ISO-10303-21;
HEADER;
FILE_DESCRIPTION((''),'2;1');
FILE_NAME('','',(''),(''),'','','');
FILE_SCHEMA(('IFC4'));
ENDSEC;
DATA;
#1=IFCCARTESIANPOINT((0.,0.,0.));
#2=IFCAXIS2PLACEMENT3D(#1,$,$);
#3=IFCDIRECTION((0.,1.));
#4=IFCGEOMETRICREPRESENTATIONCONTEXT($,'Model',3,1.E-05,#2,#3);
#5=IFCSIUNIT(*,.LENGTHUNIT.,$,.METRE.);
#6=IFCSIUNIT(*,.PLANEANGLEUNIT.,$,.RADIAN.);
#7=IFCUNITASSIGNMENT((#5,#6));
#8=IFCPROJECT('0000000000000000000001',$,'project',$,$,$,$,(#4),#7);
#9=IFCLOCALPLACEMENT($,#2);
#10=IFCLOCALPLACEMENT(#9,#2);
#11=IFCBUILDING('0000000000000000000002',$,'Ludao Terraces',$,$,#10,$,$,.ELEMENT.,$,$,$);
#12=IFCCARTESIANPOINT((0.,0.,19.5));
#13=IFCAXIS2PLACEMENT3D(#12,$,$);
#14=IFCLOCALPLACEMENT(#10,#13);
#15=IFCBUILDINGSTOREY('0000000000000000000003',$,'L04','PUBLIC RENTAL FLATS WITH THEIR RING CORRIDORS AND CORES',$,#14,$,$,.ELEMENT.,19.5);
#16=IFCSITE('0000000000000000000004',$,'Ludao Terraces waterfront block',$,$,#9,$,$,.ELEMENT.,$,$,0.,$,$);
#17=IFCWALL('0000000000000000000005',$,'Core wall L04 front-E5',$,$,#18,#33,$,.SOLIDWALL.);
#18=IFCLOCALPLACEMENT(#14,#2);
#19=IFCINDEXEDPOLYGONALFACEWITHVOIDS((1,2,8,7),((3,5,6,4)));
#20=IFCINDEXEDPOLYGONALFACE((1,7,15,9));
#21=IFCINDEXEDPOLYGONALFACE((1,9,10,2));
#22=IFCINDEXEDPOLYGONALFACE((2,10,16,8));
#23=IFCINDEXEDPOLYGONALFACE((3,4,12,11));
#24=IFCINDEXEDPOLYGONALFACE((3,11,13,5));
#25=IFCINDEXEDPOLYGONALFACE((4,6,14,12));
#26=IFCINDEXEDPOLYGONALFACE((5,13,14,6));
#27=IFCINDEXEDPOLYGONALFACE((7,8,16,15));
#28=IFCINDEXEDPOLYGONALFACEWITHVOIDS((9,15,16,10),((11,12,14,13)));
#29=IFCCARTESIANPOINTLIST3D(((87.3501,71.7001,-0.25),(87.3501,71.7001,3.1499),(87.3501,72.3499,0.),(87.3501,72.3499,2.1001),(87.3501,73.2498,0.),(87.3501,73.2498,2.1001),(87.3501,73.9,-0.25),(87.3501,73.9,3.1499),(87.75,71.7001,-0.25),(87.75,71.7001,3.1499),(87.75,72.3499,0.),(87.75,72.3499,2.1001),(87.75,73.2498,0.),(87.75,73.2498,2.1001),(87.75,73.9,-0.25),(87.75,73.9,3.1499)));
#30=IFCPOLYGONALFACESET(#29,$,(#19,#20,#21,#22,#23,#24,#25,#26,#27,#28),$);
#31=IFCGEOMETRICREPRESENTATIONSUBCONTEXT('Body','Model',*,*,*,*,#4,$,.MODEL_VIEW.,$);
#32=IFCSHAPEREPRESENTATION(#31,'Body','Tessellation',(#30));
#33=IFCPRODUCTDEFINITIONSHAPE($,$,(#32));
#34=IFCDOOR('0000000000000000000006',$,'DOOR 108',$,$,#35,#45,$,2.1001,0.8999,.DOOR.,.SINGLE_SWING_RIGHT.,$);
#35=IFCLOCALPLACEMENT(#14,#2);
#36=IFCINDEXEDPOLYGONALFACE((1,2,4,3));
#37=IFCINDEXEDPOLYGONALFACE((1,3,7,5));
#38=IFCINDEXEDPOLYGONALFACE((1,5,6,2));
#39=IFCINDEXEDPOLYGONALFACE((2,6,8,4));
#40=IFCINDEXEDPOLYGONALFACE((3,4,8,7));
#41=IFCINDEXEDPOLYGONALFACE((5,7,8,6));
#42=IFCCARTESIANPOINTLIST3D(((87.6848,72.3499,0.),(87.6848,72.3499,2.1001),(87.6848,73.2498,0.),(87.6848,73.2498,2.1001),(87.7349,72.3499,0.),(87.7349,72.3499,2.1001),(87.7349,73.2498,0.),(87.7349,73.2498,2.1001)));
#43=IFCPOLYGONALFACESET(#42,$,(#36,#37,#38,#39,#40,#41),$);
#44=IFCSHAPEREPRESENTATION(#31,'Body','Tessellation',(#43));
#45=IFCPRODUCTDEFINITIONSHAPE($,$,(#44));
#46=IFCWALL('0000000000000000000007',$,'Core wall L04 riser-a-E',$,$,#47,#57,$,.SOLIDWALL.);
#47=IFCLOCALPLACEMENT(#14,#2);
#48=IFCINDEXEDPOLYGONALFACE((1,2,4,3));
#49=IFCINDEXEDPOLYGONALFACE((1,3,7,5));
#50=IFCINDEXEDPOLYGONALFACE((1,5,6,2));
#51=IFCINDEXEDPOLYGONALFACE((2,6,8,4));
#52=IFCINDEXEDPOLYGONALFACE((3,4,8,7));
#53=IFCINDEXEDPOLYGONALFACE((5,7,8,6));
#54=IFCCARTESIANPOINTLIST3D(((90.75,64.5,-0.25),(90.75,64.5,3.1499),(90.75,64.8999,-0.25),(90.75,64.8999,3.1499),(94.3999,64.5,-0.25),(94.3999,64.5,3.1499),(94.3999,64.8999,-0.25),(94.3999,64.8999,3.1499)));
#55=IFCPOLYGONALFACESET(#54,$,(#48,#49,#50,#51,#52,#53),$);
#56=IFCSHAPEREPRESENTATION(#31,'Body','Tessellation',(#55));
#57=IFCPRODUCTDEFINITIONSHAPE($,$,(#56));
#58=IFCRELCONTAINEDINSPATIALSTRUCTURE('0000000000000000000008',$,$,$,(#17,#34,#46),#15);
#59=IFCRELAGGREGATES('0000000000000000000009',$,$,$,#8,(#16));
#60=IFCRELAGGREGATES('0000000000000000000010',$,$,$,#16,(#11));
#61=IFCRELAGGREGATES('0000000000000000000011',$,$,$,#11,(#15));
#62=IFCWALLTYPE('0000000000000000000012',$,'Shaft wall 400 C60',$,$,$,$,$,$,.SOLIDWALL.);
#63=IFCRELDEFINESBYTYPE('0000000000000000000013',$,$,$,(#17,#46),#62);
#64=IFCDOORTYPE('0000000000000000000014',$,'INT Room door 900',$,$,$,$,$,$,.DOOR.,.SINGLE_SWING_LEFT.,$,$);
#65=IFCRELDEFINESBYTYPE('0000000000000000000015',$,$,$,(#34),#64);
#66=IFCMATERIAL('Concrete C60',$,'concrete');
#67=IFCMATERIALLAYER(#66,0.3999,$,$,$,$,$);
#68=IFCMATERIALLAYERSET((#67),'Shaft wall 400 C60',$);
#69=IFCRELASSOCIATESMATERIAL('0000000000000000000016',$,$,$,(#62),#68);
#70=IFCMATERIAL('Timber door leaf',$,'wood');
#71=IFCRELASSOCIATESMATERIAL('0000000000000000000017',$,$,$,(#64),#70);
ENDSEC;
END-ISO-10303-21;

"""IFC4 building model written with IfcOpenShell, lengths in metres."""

from ifc_helpers import new_model, si_unit, direction, frame, frame_2d, origin, place, context, subcontext, project, spatial, rectangle, extrude, material, layer, layer_set, type_object, element, fill, save


model = new_model("IFC4")

# Units and contexts
model_context = context("Model", 3, precision=1e-05, world=origin(), true_north=direction((0.0, 1.0)))
body_context = subcontext(model_context, "Body", "Model", "MODEL_VIEW")
ifc_project = project(units=[si_unit("LENGTHUNIT", "METRE"), si_unit("PLANEANGLEUNIT", "RADIAN")], contexts=[model_context])

# Site, building, storey
site_placement = place(None, origin())
site = spatial("IfcSite", under=ifc_project, at=site_placement, Name="Ludao Terraces waterfront block", CompositionType="ELEMENT", RefElevation=0.0)
building_placement = place(site_placement, origin())
building = spatial("IfcBuilding", under=site, at=building_placement, Name="Ludao Terraces", CompositionType="ELEMENT")
storey_placement = place(building_placement, frame((0.0, 0.0, 19.5)))
storey = spatial("IfcBuildingStorey", under=building, at=storey_placement, Name="L04", Description="PUBLIC RENTAL FLATS WITH THEIR RING CORRIDORS AND CORES", CompositionType="ELEMENT", Elevation=19.5)

# Shared definitions
ifc_material_1 = material(Name="Concrete C60", Category="concrete")
ifc_layer_1 = layer(ifc_material_1, 0.3999)
ifc_layer_set_1 = layer_set([ifc_layer_1], Name="Shaft wall 400 C60")
wall_type_1 = type_object("IfcWallType", Name="Shaft wall 400 C60", PredefinedType="SOLIDWALL", material=ifc_layer_set_1)

# Wall, opening, door
wall_1_placement = place(storey_placement, frame((87.55, 71.7, -0.25), z_axis=(0.0, 0.0, 1.0), x_axis=(0.0, 1.0, 0.0)))
wall_1 = element("IfcWall", 1, at=wall_1_placement, inside=storey, type_object=wall_type_1, Name="Core wall L04 front-E5", PredefinedType="SOLIDWALL", context=body_context, shape_type="SweptSolid", body=[
    extrude(rectangle(XDim=2.2, YDim=0.3999, at=frame_2d((1.1001, 0.0))), origin(), (0.0, 0.0, 1.0), 3.3999),
])
opening_1_placement = place(wall_1_placement, frame((0.6499, 0.0, 0.25)))
opening_1 = element("IfcOpeningElement", 2, at=opening_1_placement, cuts=wall_1, PredefinedType="OPENING", context=body_context, shape_type="SweptSolid", body=[
    extrude(rectangle(XDim=0.8999, YDim=2.1001, at=frame_2d((0.45, 1.05))), frame((0.0, 0.21, 0.0), z_axis=(0.0, -1.0, 0.0), x_axis=(1.0, 0.0, 0.0)), (0.0, 0.0, 1.0), 0.4199),
])
ifc_material_2 = material(Name="Timber door leaf", Category="wood")
door_type_1 = type_object("IfcDoorType", Name="INT Room door 900", OperationType="SINGLE_SWING_LEFT", PredefinedType="DOOR", material=ifc_material_2)
door_1_placement = place(opening_1_placement, origin())
door_1 = element("IfcDoor", 3, at=door_1_placement, inside=storey, type_object=door_type_1, Name="DOOR 108", OperationType="SINGLE_SWING_RIGHT", OverallHeight=2.1001, OverallWidth=0.8999, PredefinedType="DOOR", context=body_context, shape_type="SweptSolid", body=[
    extrude(rectangle(XDim=0.8999, YDim=2.1001, at=frame_2d((0.45, 1.05))), frame((0.0, -0.1348, 0.0), z_axis=(0.0, -1.0, 0.0), x_axis=(1.0, 0.0, 0.0)), (0.0, 0.0, 1.0), 0.05),
])
fill(opening_1, door_1)

# Wall
wall_2_placement = place(storey_placement, frame((90.75, 64.7, -0.25), z_axis=(0.0, 0.0, 1.0), x_axis=(1.0, 0.0, 0.0)))
element("IfcWall", 4, at=wall_2_placement, inside=storey, type_object=wall_type_1, Name="Core wall L04 riser-a-E", PredefinedType="SOLIDWALL", context=body_context, shape_type="SweptSolid", body=[
    extrude(rectangle(XDim=3.6499, YDim=0.3999, at=frame_2d((1.825, 0.0))), origin(), (0.0, 0.0, 1.0), 3.3999),
])

save(model, "model.ifc")
